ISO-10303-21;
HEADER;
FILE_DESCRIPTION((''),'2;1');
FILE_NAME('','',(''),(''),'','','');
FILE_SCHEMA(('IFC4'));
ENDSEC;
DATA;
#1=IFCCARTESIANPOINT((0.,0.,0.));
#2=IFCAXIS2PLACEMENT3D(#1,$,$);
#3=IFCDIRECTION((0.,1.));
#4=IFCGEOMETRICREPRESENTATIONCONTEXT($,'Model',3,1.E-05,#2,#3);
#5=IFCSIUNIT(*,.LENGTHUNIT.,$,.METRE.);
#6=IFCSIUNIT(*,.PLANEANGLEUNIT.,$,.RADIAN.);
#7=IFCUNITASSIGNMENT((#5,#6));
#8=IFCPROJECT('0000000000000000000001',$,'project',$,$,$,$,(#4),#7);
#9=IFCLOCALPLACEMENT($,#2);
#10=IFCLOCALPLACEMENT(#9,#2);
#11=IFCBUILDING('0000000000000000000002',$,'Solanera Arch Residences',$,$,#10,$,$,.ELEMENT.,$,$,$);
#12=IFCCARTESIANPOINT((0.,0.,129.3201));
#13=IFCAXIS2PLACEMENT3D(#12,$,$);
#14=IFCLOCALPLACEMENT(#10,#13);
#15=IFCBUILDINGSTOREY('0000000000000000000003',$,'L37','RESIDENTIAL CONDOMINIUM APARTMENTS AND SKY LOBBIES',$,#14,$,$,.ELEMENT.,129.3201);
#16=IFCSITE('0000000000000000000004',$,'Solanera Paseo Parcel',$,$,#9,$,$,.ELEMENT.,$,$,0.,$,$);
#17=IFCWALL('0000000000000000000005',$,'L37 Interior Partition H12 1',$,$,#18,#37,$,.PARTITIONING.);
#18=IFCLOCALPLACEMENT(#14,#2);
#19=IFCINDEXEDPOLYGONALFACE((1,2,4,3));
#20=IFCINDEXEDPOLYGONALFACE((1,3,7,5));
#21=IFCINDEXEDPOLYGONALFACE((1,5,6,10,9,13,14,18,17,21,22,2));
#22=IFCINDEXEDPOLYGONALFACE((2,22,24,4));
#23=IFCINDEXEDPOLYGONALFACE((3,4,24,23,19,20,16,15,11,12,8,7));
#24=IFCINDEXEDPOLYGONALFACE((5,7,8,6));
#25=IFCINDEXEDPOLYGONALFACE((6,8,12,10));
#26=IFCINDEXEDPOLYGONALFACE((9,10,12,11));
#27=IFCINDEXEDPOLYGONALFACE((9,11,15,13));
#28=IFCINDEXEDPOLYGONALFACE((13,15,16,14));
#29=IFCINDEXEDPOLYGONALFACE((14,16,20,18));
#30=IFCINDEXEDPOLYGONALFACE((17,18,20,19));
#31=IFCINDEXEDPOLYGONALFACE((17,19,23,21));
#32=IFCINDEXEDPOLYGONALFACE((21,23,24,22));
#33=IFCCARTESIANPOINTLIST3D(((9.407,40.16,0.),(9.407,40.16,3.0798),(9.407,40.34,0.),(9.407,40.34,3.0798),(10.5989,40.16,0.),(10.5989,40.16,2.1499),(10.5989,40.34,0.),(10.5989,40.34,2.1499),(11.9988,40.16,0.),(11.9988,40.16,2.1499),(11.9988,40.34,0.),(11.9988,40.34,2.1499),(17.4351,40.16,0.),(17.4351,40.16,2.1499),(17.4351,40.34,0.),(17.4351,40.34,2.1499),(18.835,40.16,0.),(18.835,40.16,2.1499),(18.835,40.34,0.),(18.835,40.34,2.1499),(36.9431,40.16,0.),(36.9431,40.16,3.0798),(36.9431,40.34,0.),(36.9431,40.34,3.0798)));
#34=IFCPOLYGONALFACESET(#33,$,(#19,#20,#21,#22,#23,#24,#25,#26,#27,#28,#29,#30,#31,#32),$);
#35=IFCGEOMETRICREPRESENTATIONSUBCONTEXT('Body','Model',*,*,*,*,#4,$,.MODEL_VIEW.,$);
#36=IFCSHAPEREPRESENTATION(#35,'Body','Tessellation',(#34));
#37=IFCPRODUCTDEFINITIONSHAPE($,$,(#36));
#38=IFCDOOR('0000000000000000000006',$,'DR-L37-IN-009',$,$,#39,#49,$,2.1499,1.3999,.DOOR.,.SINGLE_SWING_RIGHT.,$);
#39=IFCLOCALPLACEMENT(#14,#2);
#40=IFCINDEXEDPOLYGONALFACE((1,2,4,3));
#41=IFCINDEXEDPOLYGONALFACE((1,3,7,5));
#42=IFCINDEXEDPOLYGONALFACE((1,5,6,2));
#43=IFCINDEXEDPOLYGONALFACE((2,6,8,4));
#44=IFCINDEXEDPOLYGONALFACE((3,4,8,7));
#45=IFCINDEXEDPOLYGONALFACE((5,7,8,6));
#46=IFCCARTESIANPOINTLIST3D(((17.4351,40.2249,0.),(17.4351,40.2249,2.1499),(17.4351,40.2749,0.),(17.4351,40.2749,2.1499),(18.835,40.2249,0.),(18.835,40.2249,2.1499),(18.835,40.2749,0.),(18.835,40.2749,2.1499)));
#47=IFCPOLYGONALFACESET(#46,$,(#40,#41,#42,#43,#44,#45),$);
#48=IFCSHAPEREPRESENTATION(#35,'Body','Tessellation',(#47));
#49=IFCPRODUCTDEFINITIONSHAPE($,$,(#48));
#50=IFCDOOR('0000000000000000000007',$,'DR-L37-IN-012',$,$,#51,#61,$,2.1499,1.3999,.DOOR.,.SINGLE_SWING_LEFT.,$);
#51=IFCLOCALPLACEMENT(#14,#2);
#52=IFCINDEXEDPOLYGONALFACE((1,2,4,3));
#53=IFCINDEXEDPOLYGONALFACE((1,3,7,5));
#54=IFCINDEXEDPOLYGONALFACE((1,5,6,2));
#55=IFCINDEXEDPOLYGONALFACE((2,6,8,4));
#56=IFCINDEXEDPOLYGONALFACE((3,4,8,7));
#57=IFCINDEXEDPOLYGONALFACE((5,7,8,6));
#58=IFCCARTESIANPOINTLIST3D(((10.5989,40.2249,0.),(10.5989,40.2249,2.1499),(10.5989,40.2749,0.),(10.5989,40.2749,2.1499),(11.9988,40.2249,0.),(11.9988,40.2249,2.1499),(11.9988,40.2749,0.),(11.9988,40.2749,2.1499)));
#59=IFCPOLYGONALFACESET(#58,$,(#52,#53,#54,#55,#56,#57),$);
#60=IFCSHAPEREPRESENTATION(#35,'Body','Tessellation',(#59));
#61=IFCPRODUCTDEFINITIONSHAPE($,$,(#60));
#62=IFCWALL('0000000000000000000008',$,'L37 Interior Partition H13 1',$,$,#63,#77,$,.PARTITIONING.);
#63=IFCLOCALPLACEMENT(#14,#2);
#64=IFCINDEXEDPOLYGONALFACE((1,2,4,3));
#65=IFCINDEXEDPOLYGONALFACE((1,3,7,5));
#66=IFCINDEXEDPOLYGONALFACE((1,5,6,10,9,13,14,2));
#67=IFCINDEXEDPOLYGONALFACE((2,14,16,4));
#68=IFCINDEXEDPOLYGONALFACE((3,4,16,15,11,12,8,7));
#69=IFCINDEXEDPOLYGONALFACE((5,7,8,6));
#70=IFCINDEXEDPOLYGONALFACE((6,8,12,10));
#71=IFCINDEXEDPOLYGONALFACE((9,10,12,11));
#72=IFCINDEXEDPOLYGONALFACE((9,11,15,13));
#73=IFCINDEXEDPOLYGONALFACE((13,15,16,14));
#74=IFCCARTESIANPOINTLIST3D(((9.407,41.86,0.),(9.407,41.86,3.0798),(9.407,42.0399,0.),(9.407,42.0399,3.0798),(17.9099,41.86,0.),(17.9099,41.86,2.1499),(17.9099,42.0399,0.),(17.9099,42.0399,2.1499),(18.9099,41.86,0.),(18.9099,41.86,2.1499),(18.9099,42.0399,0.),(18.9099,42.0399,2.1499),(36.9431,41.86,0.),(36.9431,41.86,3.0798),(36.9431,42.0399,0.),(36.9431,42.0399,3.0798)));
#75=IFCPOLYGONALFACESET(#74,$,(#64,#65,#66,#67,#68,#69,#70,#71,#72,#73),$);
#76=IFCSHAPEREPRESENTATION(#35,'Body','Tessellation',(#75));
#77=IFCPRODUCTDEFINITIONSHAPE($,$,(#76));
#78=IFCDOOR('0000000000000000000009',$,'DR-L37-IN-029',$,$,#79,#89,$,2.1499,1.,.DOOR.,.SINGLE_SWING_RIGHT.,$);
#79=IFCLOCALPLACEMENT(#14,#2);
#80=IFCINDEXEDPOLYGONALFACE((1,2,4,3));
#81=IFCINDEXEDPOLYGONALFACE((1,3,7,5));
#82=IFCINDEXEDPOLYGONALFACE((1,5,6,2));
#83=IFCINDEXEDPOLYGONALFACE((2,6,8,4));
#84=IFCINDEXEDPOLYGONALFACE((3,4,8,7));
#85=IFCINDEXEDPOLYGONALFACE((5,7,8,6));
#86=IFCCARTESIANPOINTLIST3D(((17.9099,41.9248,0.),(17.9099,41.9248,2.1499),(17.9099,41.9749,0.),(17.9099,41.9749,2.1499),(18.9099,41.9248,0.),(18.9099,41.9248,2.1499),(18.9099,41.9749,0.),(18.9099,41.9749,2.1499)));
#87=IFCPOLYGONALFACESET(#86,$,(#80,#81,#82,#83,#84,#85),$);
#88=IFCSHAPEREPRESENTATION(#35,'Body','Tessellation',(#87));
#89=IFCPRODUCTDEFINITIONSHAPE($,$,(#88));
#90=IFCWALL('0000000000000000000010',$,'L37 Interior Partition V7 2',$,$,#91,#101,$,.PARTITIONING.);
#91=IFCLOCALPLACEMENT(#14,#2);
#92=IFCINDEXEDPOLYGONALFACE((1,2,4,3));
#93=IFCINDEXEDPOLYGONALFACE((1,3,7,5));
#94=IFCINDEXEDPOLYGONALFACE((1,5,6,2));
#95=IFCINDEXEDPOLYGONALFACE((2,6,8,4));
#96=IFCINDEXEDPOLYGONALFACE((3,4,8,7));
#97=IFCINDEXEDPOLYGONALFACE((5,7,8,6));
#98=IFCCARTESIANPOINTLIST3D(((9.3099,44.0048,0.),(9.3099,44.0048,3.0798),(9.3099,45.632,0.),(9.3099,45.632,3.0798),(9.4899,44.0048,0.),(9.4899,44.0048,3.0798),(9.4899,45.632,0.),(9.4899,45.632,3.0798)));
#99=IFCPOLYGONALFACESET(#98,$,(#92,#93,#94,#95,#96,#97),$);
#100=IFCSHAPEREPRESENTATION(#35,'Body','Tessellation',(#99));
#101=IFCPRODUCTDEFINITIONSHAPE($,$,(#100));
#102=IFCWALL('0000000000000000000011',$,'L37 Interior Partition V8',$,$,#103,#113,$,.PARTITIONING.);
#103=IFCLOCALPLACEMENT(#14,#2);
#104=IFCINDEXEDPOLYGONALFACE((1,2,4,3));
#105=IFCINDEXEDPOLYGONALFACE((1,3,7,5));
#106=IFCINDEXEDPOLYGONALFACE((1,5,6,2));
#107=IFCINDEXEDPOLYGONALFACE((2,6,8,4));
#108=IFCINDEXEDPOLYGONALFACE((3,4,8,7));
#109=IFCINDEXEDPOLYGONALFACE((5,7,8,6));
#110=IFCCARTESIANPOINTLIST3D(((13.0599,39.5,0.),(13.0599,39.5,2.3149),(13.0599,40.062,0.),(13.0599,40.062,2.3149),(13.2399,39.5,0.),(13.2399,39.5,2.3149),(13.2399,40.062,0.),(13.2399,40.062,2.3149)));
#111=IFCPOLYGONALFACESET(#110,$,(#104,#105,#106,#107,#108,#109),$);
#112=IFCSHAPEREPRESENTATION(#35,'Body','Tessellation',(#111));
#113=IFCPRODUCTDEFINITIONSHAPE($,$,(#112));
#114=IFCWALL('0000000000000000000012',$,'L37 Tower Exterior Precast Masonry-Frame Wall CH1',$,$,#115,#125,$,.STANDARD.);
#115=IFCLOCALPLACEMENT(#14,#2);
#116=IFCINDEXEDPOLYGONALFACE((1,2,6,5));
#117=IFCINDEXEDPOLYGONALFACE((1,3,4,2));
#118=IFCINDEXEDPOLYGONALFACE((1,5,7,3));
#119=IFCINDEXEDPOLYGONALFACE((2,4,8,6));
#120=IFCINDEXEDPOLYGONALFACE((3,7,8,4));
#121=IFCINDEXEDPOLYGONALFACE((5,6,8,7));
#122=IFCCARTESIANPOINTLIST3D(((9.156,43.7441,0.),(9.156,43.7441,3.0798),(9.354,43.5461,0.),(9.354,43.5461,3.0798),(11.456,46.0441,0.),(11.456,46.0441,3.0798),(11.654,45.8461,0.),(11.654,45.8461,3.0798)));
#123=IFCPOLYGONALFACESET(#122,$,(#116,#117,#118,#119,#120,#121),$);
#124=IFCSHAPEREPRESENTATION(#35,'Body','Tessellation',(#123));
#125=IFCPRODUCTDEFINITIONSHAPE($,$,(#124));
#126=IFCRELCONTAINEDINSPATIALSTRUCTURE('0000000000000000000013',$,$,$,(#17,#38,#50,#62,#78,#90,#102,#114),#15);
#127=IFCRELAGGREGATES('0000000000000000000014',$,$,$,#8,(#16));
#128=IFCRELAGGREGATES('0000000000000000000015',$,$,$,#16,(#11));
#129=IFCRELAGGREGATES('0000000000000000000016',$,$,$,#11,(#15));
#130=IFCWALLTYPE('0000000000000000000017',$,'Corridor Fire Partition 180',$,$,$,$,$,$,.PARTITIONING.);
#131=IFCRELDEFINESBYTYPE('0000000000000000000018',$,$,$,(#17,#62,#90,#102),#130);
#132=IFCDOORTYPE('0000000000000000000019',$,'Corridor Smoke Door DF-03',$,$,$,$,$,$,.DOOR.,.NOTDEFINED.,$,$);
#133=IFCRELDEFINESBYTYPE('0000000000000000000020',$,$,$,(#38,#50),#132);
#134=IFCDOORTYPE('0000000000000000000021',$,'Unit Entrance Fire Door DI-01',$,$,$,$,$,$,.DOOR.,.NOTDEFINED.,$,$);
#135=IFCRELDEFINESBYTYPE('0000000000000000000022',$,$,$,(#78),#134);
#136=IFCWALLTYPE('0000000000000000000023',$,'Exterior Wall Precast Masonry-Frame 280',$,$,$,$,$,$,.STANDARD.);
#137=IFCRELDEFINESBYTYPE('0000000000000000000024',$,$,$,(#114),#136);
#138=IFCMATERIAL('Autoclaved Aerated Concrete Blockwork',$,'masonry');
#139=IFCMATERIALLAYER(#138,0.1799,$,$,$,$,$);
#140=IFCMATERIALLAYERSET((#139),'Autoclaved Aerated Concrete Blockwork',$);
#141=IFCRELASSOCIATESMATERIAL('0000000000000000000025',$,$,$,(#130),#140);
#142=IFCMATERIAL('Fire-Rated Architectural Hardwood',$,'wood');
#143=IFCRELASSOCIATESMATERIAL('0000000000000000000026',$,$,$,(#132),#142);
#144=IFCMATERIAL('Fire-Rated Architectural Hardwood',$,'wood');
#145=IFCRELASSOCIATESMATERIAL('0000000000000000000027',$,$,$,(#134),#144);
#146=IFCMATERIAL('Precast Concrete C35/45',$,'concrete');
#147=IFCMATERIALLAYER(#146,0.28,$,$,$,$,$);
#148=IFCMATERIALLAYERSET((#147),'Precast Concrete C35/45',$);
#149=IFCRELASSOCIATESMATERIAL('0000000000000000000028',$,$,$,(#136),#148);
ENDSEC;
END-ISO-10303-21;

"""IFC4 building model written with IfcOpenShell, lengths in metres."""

from ifc_helpers import new_model, si_unit, direction, frame, frame_2d, origin, place, context, subcontext, project, spatial, rectangle, extrude, material, layer, layer_set, type_object, element, fill, save


model = new_model("IFC4")

# Units and contexts
model_context = context("Model", 3, precision=1e-05, world=origin(), true_north=direction((0.0, 1.0)))
body_context = subcontext(model_context, "Body", "Model", "MODEL_VIEW")
ifc_project = project(units=[si_unit("LENGTHUNIT", "METRE"), si_unit("PLANEANGLEUNIT", "RADIAN")], contexts=[model_context])

# Site, building, storey
site_placement = place(None, origin())
site = spatial("IfcSite", under=ifc_project, at=site_placement, Name="Solanera Paseo Parcel", CompositionType="ELEMENT", RefElevation=0.0)
building_placement = place(site_placement, origin())
building = spatial("IfcBuilding", under=site, at=building_placement, Name="Solanera Arch Residences", CompositionType="ELEMENT")
storey_placement = place(building_placement, frame((0.0, 0.0, 129.3201)))
storey = spatial("IfcBuildingStorey", under=building, at=storey_placement, Name="L37", Description="RESIDENTIAL CONDOMINIUM APARTMENTS AND SKY LOBBIES", CompositionType="ELEMENT", Elevation=129.3201)

# Wall, openings, doors
ifc_material_1 = material(Name="Autoclaved Aerated Concrete Blockwork", Category="masonry")
ifc_layer_1 = layer(ifc_material_1, 0.1799)
ifc_layer_set_1 = layer_set([ifc_layer_1], Name="Autoclaved Aerated Concrete Blockwork")
wall_type_1 = type_object("IfcWallType", Name="Corridor Fire Partition 180", PredefinedType="PARTITIONING", material=ifc_layer_set_1)
wall_1_placement = place(storey_placement, frame((9.407, 40.25, 0.0), z_axis=(0.0, 0.0, 1.0), x_axis=(1.0, 0.0, 0.0)))
wall_1 = element("IfcWall", 1, at=wall_1_placement, inside=storey, type_object=wall_type_1, Name="L37 Interior Partition H12 1", PredefinedType="PARTITIONING", context=body_context, shape_type="SweptSolid", body=[
    extrude(rectangle(XDim=27.5361, YDim=0.1799, at=frame_2d((13.7681, 0.0))), origin(), (0.0, 0.0, 1.0), 3.0798),
])
opening_1_placement = place(wall_1_placement, frame((8.0281, 0.0, 0.0)))
opening_1 = element("IfcOpeningElement", 2, at=opening_1_placement, cuts=wall_1, PredefinedType="OPENING", context=body_context, shape_type="SweptSolid", body=[
    extrude(rectangle(XDim=1.3999, YDim=2.1499, at=frame_2d((0.7, 1.075))), frame((0.0, 0.1001, 0.0), z_axis=(0.0, -1.0, 0.0), x_axis=(1.0, 0.0, 0.0)), (0.0, 0.0, 1.0), 0.1999),
])
opening_2_placement = place(wall_1_placement, frame((1.1919, 0.0, 0.0)))
opening_2 = element("IfcOpeningElement", 3, at=opening_2_placement, cuts=wall_1, PredefinedType="OPENING", context=body_context, shape_type="SweptSolid", body=[
    extrude(rectangle(XDim=1.3999, YDim=2.1499, at=frame_2d((0.7, 1.075))), frame((0.0, 0.1001, 0.0), z_axis=(0.0, -1.0, 0.0), x_axis=(1.0, 0.0, 0.0)), (0.0, 0.0, 1.0), 0.1999),
])
ifc_material_2 = material(Name="Fire-Rated Architectural Hardwood", Category="wood")
door_type_1 = type_object("IfcDoorType", Name="Corridor Smoke Door DF-03", OperationType="NOTDEFINED", PredefinedType="DOOR", material=ifc_material_2)
door_1_placement = place(opening_1_placement, origin())
door_1 = element("IfcDoor", 4, at=door_1_placement, inside=storey, type_object=door_type_1, Name="DR-L37-IN-009", OperationType="SINGLE_SWING_RIGHT", OverallHeight=2.1499, OverallWidth=1.3999, PredefinedType="DOOR", context=body_context, shape_type="SweptSolid", body=[
    extrude(rectangle(XDim=1.3999, YDim=2.1499, at=frame_2d((0.7, 1.075))), frame((0.0, 0.0249, 0.0), z_axis=(0.0, -1.0, 0.0), x_axis=(1.0, 0.0, 0.0)), (0.0, 0.0, 1.0), 0.05),
])
fill(opening_1, door_1)
door_2_placement = place(opening_2_placement, origin())
door_2 = element("IfcDoor", 5, at=door_2_placement, inside=storey, type_object=door_type_1, Name="DR-L37-IN-012", OperationType="SINGLE_SWING_LEFT", OverallHeight=2.1499, OverallWidth=1.3999, PredefinedType="DOOR", context=body_context, shape_type="SweptSolid", body=[
    extrude(rectangle(XDim=1.3999, YDim=2.1499, at=frame_2d((0.7, 1.075))), frame((0.0, 0.0249, 0.0), z_axis=(0.0, -1.0, 0.0), x_axis=(1.0, 0.0, 0.0)), (0.0, 0.0, 1.0), 0.05),
])
fill(opening_2, door_2)

# Wall, opening, door
wall_2_placement = place(storey_placement, frame((9.407, 41.95, 0.0), z_axis=(0.0, 0.0, 1.0), x_axis=(1.0, 0.0, 0.0)))
wall_2 = element("IfcWall", 6, at=wall_2_placement, inside=storey, type_object=wall_type_1, Name="L37 Interior Partition H13 1", PredefinedType="PARTITIONING", context=body_context, shape_type="SweptSolid", body=[
    extrude(rectangle(XDim=27.5361, YDim=0.1799, at=frame_2d((13.7681, 0.0))), origin(), (0.0, 0.0, 1.0), 3.0798),
])
opening_3_placement = place(wall_2_placement, frame((8.5029, 0.0, 0.0)))
opening_3 = element("IfcOpeningElement", 7, at=opening_3_placement, cuts=wall_2, PredefinedType="OPENING", context=body_context, shape_type="SweptSolid", body=[
    extrude(rectangle(XDim=1.0, YDim=2.1499, at=frame_2d((0.5, 1.075))), frame((0.0, 0.1001, 0.0), z_axis=(0.0, -1.0, 0.0), x_axis=(1.0, 0.0, 0.0)), (0.0, 0.0, 1.0), 0.1999),
])
ifc_material_3 = material(Name="Fire-Rated Architectural Hardwood", Category="wood")
door_type_2 = type_object("IfcDoorType", Name="Unit Entrance Fire Door DI-01", OperationType="NOTDEFINED", PredefinedType="DOOR", material=ifc_material_3)
door_3_placement = place(opening_3_placement, origin())
door_3 = element("IfcDoor", 8, at=door_3_placement, inside=storey, type_object=door_type_2, Name="DR-L37-IN-029", OperationType="SINGLE_SWING_RIGHT", OverallHeight=2.1499, OverallWidth=1.0, PredefinedType="DOOR", context=body_context, shape_type="SweptSolid", body=[
    extrude(rectangle(XDim=1.0, YDim=2.1499, at=frame_2d((0.5, 1.075))), frame((0.0, 0.0249, 0.0), z_axis=(0.0, -1.0, 0.0), x_axis=(1.0, 0.0, 0.0)), (0.0, 0.0, 1.0), 0.05),
])
fill(opening_3, door_3)

# Walls
wall_3_placement = place(storey_placement, frame((9.3999, 44.0049, 0.0), z_axis=(0.0, 0.0, 1.0), x_axis=(0.0, 1.0, 0.0)))
element("IfcWall", 9, at=wall_3_placement, inside=storey, type_object=wall_type_1, Name="L37 Interior Partition V7 2", PredefinedType="PARTITIONING", context=body_context, shape_type="SweptSolid", body=[
    extrude(rectangle(XDim=1.6272, YDim=0.1799, at=frame_2d((0.8135, 0.0))), origin(), (0.0, 0.0, 1.0), 3.0798),
])
wall_4_placement = place(storey_placement, frame((13.1499, 39.5, 0.0), z_axis=(0.0, 0.0, 1.0), x_axis=(0.0, 1.0, 0.0)))
element("IfcWall", 10, at=wall_4_placement, inside=storey, type_object=wall_type_1, Name="L37 Interior Partition V8", PredefinedType="PARTITIONING", context=body_context, shape_type="SweptSolid", body=[
    extrude(rectangle(XDim=0.562, YDim=0.1799, at=frame_2d((0.281, 0.0))), origin(), (0.0, 0.0, 1.0), 2.3149),
])
ifc_material_4 = material(Name="Precast Concrete C35/45", Category="concrete")
ifc_layer_2 = layer(ifc_material_4, 0.28)
ifc_layer_set_2 = layer_set([ifc_layer_2], Name="Precast Concrete C35/45")
wall_type_2 = type_object("IfcWallType", Name="Exterior Wall Precast Masonry-Frame 280", PredefinedType="STANDARD", material=ifc_layer_set_2)
wall_5_placement = place(storey_placement, frame((9.2549, 43.645, 0.0), z_axis=(0.0, 0.0, 1.0), x_axis=(0.707107, 0.707107, 0.0)))
element("IfcWall", 11, at=wall_5_placement, inside=storey, type_object=wall_type_2, Name="L37 Tower Exterior Precast Masonry-Frame Wall CH1", PredefinedType="STANDARD", context=body_context, shape_type="SweptSolid", body=[
    extrude(rectangle(XDim=3.2527, YDim=0.28, at=frame_2d((1.6265, 0.0))), origin(), (0.0, 0.0, 1.0), 3.0798),
])

save(model, "model.ifc")
